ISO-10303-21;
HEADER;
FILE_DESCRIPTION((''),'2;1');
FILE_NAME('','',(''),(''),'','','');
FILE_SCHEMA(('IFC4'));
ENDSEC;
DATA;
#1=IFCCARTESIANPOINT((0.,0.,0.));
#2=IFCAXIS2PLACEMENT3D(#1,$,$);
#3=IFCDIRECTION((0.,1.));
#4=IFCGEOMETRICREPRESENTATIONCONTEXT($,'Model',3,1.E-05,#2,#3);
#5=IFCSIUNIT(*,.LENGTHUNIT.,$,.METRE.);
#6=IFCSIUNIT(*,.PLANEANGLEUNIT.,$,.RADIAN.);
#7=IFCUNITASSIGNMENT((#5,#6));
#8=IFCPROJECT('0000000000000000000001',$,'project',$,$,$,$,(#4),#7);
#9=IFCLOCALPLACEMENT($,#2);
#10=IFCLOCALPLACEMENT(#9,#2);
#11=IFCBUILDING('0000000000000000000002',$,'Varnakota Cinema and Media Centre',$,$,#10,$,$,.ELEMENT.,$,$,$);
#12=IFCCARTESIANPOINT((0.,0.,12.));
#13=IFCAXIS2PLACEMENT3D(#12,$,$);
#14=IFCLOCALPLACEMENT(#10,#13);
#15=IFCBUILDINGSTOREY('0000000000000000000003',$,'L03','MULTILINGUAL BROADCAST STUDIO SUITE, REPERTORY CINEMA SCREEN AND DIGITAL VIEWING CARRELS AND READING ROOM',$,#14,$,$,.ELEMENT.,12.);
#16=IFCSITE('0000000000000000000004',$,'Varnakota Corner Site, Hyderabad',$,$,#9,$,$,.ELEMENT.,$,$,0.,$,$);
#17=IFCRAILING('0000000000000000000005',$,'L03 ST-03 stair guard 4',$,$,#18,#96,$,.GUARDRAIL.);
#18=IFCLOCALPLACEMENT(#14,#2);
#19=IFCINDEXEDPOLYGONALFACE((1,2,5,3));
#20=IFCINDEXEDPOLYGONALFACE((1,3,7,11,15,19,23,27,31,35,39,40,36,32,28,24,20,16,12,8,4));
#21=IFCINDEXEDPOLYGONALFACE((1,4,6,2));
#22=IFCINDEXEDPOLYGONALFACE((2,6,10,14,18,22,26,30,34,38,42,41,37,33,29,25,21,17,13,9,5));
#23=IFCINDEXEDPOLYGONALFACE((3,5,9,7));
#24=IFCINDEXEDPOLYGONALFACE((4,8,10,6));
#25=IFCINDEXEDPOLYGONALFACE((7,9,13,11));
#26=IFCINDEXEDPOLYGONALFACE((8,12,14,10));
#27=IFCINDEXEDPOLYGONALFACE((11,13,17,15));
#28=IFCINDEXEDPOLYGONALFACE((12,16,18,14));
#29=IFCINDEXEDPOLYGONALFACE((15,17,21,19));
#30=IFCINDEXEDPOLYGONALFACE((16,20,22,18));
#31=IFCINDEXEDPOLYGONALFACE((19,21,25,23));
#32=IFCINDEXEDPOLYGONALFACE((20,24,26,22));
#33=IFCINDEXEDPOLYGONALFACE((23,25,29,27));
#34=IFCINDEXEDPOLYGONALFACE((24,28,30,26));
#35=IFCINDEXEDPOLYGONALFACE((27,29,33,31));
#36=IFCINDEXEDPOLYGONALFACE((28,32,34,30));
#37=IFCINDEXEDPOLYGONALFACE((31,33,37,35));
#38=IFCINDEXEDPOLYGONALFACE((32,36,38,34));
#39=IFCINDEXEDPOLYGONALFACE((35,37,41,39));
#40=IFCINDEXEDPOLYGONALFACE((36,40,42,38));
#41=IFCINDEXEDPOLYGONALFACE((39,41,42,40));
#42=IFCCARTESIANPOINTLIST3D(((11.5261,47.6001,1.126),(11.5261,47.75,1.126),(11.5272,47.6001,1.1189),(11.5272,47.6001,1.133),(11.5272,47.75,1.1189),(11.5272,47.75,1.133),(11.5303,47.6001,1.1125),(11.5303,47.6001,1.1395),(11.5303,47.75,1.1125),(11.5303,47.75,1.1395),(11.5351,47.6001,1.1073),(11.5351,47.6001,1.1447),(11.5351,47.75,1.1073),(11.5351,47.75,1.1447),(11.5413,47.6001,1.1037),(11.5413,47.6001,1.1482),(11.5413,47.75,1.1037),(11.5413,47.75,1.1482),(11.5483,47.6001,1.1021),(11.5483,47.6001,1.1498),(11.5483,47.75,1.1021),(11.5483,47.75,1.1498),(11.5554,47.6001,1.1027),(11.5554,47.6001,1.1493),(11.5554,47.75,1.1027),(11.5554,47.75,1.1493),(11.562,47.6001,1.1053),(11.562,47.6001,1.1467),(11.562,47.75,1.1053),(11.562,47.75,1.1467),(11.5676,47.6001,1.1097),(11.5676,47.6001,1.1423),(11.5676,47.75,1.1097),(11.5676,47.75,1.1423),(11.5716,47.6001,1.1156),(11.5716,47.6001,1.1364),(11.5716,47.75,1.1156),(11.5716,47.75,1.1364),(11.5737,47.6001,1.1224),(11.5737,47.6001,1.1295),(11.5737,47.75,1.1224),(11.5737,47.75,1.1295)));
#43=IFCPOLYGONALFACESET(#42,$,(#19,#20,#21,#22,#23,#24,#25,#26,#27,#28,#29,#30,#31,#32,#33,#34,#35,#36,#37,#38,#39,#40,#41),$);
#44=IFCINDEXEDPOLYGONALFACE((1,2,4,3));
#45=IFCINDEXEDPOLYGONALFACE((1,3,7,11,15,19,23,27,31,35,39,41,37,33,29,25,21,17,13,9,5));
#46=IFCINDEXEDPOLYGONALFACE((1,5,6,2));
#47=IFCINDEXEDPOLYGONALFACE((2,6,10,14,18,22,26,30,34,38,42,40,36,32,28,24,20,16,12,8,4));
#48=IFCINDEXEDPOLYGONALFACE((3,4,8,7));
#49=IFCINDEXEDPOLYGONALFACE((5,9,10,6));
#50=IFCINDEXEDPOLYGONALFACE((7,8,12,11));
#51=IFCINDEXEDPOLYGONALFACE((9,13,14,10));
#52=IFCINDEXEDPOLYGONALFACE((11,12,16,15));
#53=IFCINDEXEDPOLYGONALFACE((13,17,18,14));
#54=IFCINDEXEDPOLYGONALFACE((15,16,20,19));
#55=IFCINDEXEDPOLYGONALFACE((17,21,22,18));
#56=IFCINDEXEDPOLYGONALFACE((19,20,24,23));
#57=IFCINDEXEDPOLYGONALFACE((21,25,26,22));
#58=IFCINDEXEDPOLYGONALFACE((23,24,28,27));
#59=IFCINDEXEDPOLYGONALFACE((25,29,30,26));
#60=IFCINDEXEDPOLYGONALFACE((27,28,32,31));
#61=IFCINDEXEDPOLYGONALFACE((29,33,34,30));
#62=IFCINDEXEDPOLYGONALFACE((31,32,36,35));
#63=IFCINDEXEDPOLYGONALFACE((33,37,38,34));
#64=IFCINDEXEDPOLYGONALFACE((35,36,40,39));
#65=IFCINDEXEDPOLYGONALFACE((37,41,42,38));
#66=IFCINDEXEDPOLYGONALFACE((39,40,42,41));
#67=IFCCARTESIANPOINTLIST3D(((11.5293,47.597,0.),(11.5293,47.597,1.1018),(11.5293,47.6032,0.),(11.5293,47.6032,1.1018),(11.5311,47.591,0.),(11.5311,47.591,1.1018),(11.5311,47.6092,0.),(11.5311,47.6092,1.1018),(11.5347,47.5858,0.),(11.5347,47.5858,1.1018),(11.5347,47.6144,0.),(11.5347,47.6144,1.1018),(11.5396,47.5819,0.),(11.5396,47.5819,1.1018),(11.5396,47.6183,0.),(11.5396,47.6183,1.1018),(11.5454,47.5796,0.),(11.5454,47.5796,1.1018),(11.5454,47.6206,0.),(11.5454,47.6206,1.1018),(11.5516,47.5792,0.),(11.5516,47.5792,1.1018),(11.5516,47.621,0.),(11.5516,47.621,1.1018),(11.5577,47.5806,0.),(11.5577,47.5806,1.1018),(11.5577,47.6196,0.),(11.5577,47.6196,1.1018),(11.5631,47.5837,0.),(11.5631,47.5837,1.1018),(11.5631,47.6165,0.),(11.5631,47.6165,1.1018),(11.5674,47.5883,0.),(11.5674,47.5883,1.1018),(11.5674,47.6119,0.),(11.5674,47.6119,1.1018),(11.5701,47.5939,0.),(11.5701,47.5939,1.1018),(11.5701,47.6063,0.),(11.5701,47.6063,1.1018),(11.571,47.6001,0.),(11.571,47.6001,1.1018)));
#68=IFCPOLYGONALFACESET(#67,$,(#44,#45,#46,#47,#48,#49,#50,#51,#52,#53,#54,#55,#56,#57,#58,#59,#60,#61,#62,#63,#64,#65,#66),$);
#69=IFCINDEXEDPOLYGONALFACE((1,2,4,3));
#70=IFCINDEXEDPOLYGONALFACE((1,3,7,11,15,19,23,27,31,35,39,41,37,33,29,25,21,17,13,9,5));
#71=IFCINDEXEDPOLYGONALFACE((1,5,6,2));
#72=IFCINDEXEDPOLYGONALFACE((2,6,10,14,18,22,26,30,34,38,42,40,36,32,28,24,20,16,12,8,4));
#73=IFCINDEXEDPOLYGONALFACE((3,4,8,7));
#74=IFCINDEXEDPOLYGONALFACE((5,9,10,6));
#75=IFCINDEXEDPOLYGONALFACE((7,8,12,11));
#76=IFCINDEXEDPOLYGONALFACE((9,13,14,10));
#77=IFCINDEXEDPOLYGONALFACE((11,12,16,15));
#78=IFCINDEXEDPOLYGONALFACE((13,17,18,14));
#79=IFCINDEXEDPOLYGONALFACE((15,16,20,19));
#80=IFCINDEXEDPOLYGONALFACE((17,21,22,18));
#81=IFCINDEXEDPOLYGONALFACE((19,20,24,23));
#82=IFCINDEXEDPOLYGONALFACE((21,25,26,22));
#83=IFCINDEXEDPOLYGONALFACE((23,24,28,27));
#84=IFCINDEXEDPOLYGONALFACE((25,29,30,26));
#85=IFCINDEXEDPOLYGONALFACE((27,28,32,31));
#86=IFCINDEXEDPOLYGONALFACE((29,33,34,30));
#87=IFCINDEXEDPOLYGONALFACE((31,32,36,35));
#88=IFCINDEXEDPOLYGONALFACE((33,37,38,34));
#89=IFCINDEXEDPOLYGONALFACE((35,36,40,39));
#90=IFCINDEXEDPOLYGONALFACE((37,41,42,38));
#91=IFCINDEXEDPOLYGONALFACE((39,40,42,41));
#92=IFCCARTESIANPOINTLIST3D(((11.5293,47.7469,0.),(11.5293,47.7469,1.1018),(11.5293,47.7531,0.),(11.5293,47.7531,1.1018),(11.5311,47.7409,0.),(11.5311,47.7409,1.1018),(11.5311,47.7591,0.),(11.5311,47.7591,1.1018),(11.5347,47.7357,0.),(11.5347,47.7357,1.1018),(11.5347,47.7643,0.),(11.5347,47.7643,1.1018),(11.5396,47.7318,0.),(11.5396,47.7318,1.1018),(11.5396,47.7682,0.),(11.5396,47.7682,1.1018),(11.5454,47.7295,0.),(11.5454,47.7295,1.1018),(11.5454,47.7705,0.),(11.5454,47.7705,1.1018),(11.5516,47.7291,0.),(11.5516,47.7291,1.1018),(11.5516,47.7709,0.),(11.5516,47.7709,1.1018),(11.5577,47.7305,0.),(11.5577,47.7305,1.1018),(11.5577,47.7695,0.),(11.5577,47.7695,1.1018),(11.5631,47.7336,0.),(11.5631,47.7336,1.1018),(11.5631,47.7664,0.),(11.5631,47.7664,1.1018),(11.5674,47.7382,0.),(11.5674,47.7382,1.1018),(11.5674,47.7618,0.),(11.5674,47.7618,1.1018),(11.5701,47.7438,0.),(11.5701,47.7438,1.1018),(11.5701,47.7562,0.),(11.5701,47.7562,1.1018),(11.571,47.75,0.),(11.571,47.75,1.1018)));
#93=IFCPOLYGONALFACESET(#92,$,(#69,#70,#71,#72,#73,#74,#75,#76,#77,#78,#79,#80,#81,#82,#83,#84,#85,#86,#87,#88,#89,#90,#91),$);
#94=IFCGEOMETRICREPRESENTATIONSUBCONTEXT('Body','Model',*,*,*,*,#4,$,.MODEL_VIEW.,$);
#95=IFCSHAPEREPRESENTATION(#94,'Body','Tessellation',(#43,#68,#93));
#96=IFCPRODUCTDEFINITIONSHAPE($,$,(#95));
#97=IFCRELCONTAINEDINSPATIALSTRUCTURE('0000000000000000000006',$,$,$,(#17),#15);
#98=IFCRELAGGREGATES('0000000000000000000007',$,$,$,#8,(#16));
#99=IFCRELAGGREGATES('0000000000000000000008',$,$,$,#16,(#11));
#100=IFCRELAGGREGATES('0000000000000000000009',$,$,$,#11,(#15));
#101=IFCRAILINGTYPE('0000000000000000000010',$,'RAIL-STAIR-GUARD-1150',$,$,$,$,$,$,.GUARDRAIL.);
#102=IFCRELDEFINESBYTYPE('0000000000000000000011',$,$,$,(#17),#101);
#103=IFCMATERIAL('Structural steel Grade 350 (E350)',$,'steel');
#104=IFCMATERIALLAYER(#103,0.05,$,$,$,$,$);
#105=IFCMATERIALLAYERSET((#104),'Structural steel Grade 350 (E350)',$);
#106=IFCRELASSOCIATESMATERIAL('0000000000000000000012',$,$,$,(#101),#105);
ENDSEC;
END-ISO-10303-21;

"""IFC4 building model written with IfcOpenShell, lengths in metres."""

from ifc_helpers import new_model, si_unit, direction, frame, origin, origin_2d, place, context, subcontext, project, spatial, circle, extrude, material, layer, layer_set, type_object, element, save


model = new_model("IFC4")

# Units and contexts
model_context = context("Model", 3, precision=1e-05, world=origin(), true_north=direction((0.0, 1.0)))
body_context = subcontext(model_context, "Body", "Model", "MODEL_VIEW")
ifc_project = project(units=[si_unit("LENGTHUNIT", "METRE"), si_unit("PLANEANGLEUNIT", "RADIAN")], contexts=[model_context])

# Site, building, storey
site_placement = place(None, origin())
site = spatial("IfcSite", under=ifc_project, at=site_placement, Name="Varnakota Corner Site, Hyderabad", CompositionType="ELEMENT", RefElevation=0.0)
building_placement = place(site_placement, origin())
building = spatial("IfcBuilding", under=site, at=building_placement, Name="Varnakota Cinema and Media Centre", CompositionType="ELEMENT")
storey_placement = place(building_placement, frame((0.0, 0.0, 12.0)))
storey = spatial("IfcBuildingStorey", under=building, at=storey_placement, Name="L03", Description="MULTILINGUAL BROADCAST STUDIO SUITE, REPERTORY CINEMA SCREEN AND DIGITAL VIEWING CARRELS AND READING ROOM", CompositionType="ELEMENT", Elevation=12.0)

# Railing
ifc_material_1 = material(Name="Structural steel Grade 350 (E350)", Category="steel")
ifc_layer_1 = layer(ifc_material_1, 0.05)
ifc_layer_set_1 = layer_set([ifc_layer_1], Name="Structural steel Grade 350 (E350)")
railing_type_1 = type_object("IfcRailingType", Name="RAIL-STAIR-GUARD-1150", PredefinedType="GUARDRAIL", material=ifc_layer_set_1)
railing_1_placement = place(storey_placement, frame((11.55, 47.6001, 0.0)))
element("IfcRailing", 1, at=railing_1_placement, inside=storey, type_object=railing_type_1, Name="L03 ST-03 stair guard 4", PredefinedType="GUARDRAIL", context=body_context, shape_type="SweptSolid", body=[
    extrude(circle(Radius=0.0239, at=origin_2d()), frame((0.0, 0.0, 1.126), z_axis=(0.0, 1.0, 0.0), x_axis=(-1.0, 0.0, 0.0)), (0.0, 0.0, 1.0), 0.1499),
    extrude(circle(Radius=0.021, at=origin_2d()), origin(), (0.0, 0.0, 1.0), 1.1018),
    extrude(circle(Radius=0.021, at=origin_2d()), frame((0.0, 0.1499, 0.0)), (0.0, 0.0, 1.0), 1.1018),
])

save(model, "model.ifc")
